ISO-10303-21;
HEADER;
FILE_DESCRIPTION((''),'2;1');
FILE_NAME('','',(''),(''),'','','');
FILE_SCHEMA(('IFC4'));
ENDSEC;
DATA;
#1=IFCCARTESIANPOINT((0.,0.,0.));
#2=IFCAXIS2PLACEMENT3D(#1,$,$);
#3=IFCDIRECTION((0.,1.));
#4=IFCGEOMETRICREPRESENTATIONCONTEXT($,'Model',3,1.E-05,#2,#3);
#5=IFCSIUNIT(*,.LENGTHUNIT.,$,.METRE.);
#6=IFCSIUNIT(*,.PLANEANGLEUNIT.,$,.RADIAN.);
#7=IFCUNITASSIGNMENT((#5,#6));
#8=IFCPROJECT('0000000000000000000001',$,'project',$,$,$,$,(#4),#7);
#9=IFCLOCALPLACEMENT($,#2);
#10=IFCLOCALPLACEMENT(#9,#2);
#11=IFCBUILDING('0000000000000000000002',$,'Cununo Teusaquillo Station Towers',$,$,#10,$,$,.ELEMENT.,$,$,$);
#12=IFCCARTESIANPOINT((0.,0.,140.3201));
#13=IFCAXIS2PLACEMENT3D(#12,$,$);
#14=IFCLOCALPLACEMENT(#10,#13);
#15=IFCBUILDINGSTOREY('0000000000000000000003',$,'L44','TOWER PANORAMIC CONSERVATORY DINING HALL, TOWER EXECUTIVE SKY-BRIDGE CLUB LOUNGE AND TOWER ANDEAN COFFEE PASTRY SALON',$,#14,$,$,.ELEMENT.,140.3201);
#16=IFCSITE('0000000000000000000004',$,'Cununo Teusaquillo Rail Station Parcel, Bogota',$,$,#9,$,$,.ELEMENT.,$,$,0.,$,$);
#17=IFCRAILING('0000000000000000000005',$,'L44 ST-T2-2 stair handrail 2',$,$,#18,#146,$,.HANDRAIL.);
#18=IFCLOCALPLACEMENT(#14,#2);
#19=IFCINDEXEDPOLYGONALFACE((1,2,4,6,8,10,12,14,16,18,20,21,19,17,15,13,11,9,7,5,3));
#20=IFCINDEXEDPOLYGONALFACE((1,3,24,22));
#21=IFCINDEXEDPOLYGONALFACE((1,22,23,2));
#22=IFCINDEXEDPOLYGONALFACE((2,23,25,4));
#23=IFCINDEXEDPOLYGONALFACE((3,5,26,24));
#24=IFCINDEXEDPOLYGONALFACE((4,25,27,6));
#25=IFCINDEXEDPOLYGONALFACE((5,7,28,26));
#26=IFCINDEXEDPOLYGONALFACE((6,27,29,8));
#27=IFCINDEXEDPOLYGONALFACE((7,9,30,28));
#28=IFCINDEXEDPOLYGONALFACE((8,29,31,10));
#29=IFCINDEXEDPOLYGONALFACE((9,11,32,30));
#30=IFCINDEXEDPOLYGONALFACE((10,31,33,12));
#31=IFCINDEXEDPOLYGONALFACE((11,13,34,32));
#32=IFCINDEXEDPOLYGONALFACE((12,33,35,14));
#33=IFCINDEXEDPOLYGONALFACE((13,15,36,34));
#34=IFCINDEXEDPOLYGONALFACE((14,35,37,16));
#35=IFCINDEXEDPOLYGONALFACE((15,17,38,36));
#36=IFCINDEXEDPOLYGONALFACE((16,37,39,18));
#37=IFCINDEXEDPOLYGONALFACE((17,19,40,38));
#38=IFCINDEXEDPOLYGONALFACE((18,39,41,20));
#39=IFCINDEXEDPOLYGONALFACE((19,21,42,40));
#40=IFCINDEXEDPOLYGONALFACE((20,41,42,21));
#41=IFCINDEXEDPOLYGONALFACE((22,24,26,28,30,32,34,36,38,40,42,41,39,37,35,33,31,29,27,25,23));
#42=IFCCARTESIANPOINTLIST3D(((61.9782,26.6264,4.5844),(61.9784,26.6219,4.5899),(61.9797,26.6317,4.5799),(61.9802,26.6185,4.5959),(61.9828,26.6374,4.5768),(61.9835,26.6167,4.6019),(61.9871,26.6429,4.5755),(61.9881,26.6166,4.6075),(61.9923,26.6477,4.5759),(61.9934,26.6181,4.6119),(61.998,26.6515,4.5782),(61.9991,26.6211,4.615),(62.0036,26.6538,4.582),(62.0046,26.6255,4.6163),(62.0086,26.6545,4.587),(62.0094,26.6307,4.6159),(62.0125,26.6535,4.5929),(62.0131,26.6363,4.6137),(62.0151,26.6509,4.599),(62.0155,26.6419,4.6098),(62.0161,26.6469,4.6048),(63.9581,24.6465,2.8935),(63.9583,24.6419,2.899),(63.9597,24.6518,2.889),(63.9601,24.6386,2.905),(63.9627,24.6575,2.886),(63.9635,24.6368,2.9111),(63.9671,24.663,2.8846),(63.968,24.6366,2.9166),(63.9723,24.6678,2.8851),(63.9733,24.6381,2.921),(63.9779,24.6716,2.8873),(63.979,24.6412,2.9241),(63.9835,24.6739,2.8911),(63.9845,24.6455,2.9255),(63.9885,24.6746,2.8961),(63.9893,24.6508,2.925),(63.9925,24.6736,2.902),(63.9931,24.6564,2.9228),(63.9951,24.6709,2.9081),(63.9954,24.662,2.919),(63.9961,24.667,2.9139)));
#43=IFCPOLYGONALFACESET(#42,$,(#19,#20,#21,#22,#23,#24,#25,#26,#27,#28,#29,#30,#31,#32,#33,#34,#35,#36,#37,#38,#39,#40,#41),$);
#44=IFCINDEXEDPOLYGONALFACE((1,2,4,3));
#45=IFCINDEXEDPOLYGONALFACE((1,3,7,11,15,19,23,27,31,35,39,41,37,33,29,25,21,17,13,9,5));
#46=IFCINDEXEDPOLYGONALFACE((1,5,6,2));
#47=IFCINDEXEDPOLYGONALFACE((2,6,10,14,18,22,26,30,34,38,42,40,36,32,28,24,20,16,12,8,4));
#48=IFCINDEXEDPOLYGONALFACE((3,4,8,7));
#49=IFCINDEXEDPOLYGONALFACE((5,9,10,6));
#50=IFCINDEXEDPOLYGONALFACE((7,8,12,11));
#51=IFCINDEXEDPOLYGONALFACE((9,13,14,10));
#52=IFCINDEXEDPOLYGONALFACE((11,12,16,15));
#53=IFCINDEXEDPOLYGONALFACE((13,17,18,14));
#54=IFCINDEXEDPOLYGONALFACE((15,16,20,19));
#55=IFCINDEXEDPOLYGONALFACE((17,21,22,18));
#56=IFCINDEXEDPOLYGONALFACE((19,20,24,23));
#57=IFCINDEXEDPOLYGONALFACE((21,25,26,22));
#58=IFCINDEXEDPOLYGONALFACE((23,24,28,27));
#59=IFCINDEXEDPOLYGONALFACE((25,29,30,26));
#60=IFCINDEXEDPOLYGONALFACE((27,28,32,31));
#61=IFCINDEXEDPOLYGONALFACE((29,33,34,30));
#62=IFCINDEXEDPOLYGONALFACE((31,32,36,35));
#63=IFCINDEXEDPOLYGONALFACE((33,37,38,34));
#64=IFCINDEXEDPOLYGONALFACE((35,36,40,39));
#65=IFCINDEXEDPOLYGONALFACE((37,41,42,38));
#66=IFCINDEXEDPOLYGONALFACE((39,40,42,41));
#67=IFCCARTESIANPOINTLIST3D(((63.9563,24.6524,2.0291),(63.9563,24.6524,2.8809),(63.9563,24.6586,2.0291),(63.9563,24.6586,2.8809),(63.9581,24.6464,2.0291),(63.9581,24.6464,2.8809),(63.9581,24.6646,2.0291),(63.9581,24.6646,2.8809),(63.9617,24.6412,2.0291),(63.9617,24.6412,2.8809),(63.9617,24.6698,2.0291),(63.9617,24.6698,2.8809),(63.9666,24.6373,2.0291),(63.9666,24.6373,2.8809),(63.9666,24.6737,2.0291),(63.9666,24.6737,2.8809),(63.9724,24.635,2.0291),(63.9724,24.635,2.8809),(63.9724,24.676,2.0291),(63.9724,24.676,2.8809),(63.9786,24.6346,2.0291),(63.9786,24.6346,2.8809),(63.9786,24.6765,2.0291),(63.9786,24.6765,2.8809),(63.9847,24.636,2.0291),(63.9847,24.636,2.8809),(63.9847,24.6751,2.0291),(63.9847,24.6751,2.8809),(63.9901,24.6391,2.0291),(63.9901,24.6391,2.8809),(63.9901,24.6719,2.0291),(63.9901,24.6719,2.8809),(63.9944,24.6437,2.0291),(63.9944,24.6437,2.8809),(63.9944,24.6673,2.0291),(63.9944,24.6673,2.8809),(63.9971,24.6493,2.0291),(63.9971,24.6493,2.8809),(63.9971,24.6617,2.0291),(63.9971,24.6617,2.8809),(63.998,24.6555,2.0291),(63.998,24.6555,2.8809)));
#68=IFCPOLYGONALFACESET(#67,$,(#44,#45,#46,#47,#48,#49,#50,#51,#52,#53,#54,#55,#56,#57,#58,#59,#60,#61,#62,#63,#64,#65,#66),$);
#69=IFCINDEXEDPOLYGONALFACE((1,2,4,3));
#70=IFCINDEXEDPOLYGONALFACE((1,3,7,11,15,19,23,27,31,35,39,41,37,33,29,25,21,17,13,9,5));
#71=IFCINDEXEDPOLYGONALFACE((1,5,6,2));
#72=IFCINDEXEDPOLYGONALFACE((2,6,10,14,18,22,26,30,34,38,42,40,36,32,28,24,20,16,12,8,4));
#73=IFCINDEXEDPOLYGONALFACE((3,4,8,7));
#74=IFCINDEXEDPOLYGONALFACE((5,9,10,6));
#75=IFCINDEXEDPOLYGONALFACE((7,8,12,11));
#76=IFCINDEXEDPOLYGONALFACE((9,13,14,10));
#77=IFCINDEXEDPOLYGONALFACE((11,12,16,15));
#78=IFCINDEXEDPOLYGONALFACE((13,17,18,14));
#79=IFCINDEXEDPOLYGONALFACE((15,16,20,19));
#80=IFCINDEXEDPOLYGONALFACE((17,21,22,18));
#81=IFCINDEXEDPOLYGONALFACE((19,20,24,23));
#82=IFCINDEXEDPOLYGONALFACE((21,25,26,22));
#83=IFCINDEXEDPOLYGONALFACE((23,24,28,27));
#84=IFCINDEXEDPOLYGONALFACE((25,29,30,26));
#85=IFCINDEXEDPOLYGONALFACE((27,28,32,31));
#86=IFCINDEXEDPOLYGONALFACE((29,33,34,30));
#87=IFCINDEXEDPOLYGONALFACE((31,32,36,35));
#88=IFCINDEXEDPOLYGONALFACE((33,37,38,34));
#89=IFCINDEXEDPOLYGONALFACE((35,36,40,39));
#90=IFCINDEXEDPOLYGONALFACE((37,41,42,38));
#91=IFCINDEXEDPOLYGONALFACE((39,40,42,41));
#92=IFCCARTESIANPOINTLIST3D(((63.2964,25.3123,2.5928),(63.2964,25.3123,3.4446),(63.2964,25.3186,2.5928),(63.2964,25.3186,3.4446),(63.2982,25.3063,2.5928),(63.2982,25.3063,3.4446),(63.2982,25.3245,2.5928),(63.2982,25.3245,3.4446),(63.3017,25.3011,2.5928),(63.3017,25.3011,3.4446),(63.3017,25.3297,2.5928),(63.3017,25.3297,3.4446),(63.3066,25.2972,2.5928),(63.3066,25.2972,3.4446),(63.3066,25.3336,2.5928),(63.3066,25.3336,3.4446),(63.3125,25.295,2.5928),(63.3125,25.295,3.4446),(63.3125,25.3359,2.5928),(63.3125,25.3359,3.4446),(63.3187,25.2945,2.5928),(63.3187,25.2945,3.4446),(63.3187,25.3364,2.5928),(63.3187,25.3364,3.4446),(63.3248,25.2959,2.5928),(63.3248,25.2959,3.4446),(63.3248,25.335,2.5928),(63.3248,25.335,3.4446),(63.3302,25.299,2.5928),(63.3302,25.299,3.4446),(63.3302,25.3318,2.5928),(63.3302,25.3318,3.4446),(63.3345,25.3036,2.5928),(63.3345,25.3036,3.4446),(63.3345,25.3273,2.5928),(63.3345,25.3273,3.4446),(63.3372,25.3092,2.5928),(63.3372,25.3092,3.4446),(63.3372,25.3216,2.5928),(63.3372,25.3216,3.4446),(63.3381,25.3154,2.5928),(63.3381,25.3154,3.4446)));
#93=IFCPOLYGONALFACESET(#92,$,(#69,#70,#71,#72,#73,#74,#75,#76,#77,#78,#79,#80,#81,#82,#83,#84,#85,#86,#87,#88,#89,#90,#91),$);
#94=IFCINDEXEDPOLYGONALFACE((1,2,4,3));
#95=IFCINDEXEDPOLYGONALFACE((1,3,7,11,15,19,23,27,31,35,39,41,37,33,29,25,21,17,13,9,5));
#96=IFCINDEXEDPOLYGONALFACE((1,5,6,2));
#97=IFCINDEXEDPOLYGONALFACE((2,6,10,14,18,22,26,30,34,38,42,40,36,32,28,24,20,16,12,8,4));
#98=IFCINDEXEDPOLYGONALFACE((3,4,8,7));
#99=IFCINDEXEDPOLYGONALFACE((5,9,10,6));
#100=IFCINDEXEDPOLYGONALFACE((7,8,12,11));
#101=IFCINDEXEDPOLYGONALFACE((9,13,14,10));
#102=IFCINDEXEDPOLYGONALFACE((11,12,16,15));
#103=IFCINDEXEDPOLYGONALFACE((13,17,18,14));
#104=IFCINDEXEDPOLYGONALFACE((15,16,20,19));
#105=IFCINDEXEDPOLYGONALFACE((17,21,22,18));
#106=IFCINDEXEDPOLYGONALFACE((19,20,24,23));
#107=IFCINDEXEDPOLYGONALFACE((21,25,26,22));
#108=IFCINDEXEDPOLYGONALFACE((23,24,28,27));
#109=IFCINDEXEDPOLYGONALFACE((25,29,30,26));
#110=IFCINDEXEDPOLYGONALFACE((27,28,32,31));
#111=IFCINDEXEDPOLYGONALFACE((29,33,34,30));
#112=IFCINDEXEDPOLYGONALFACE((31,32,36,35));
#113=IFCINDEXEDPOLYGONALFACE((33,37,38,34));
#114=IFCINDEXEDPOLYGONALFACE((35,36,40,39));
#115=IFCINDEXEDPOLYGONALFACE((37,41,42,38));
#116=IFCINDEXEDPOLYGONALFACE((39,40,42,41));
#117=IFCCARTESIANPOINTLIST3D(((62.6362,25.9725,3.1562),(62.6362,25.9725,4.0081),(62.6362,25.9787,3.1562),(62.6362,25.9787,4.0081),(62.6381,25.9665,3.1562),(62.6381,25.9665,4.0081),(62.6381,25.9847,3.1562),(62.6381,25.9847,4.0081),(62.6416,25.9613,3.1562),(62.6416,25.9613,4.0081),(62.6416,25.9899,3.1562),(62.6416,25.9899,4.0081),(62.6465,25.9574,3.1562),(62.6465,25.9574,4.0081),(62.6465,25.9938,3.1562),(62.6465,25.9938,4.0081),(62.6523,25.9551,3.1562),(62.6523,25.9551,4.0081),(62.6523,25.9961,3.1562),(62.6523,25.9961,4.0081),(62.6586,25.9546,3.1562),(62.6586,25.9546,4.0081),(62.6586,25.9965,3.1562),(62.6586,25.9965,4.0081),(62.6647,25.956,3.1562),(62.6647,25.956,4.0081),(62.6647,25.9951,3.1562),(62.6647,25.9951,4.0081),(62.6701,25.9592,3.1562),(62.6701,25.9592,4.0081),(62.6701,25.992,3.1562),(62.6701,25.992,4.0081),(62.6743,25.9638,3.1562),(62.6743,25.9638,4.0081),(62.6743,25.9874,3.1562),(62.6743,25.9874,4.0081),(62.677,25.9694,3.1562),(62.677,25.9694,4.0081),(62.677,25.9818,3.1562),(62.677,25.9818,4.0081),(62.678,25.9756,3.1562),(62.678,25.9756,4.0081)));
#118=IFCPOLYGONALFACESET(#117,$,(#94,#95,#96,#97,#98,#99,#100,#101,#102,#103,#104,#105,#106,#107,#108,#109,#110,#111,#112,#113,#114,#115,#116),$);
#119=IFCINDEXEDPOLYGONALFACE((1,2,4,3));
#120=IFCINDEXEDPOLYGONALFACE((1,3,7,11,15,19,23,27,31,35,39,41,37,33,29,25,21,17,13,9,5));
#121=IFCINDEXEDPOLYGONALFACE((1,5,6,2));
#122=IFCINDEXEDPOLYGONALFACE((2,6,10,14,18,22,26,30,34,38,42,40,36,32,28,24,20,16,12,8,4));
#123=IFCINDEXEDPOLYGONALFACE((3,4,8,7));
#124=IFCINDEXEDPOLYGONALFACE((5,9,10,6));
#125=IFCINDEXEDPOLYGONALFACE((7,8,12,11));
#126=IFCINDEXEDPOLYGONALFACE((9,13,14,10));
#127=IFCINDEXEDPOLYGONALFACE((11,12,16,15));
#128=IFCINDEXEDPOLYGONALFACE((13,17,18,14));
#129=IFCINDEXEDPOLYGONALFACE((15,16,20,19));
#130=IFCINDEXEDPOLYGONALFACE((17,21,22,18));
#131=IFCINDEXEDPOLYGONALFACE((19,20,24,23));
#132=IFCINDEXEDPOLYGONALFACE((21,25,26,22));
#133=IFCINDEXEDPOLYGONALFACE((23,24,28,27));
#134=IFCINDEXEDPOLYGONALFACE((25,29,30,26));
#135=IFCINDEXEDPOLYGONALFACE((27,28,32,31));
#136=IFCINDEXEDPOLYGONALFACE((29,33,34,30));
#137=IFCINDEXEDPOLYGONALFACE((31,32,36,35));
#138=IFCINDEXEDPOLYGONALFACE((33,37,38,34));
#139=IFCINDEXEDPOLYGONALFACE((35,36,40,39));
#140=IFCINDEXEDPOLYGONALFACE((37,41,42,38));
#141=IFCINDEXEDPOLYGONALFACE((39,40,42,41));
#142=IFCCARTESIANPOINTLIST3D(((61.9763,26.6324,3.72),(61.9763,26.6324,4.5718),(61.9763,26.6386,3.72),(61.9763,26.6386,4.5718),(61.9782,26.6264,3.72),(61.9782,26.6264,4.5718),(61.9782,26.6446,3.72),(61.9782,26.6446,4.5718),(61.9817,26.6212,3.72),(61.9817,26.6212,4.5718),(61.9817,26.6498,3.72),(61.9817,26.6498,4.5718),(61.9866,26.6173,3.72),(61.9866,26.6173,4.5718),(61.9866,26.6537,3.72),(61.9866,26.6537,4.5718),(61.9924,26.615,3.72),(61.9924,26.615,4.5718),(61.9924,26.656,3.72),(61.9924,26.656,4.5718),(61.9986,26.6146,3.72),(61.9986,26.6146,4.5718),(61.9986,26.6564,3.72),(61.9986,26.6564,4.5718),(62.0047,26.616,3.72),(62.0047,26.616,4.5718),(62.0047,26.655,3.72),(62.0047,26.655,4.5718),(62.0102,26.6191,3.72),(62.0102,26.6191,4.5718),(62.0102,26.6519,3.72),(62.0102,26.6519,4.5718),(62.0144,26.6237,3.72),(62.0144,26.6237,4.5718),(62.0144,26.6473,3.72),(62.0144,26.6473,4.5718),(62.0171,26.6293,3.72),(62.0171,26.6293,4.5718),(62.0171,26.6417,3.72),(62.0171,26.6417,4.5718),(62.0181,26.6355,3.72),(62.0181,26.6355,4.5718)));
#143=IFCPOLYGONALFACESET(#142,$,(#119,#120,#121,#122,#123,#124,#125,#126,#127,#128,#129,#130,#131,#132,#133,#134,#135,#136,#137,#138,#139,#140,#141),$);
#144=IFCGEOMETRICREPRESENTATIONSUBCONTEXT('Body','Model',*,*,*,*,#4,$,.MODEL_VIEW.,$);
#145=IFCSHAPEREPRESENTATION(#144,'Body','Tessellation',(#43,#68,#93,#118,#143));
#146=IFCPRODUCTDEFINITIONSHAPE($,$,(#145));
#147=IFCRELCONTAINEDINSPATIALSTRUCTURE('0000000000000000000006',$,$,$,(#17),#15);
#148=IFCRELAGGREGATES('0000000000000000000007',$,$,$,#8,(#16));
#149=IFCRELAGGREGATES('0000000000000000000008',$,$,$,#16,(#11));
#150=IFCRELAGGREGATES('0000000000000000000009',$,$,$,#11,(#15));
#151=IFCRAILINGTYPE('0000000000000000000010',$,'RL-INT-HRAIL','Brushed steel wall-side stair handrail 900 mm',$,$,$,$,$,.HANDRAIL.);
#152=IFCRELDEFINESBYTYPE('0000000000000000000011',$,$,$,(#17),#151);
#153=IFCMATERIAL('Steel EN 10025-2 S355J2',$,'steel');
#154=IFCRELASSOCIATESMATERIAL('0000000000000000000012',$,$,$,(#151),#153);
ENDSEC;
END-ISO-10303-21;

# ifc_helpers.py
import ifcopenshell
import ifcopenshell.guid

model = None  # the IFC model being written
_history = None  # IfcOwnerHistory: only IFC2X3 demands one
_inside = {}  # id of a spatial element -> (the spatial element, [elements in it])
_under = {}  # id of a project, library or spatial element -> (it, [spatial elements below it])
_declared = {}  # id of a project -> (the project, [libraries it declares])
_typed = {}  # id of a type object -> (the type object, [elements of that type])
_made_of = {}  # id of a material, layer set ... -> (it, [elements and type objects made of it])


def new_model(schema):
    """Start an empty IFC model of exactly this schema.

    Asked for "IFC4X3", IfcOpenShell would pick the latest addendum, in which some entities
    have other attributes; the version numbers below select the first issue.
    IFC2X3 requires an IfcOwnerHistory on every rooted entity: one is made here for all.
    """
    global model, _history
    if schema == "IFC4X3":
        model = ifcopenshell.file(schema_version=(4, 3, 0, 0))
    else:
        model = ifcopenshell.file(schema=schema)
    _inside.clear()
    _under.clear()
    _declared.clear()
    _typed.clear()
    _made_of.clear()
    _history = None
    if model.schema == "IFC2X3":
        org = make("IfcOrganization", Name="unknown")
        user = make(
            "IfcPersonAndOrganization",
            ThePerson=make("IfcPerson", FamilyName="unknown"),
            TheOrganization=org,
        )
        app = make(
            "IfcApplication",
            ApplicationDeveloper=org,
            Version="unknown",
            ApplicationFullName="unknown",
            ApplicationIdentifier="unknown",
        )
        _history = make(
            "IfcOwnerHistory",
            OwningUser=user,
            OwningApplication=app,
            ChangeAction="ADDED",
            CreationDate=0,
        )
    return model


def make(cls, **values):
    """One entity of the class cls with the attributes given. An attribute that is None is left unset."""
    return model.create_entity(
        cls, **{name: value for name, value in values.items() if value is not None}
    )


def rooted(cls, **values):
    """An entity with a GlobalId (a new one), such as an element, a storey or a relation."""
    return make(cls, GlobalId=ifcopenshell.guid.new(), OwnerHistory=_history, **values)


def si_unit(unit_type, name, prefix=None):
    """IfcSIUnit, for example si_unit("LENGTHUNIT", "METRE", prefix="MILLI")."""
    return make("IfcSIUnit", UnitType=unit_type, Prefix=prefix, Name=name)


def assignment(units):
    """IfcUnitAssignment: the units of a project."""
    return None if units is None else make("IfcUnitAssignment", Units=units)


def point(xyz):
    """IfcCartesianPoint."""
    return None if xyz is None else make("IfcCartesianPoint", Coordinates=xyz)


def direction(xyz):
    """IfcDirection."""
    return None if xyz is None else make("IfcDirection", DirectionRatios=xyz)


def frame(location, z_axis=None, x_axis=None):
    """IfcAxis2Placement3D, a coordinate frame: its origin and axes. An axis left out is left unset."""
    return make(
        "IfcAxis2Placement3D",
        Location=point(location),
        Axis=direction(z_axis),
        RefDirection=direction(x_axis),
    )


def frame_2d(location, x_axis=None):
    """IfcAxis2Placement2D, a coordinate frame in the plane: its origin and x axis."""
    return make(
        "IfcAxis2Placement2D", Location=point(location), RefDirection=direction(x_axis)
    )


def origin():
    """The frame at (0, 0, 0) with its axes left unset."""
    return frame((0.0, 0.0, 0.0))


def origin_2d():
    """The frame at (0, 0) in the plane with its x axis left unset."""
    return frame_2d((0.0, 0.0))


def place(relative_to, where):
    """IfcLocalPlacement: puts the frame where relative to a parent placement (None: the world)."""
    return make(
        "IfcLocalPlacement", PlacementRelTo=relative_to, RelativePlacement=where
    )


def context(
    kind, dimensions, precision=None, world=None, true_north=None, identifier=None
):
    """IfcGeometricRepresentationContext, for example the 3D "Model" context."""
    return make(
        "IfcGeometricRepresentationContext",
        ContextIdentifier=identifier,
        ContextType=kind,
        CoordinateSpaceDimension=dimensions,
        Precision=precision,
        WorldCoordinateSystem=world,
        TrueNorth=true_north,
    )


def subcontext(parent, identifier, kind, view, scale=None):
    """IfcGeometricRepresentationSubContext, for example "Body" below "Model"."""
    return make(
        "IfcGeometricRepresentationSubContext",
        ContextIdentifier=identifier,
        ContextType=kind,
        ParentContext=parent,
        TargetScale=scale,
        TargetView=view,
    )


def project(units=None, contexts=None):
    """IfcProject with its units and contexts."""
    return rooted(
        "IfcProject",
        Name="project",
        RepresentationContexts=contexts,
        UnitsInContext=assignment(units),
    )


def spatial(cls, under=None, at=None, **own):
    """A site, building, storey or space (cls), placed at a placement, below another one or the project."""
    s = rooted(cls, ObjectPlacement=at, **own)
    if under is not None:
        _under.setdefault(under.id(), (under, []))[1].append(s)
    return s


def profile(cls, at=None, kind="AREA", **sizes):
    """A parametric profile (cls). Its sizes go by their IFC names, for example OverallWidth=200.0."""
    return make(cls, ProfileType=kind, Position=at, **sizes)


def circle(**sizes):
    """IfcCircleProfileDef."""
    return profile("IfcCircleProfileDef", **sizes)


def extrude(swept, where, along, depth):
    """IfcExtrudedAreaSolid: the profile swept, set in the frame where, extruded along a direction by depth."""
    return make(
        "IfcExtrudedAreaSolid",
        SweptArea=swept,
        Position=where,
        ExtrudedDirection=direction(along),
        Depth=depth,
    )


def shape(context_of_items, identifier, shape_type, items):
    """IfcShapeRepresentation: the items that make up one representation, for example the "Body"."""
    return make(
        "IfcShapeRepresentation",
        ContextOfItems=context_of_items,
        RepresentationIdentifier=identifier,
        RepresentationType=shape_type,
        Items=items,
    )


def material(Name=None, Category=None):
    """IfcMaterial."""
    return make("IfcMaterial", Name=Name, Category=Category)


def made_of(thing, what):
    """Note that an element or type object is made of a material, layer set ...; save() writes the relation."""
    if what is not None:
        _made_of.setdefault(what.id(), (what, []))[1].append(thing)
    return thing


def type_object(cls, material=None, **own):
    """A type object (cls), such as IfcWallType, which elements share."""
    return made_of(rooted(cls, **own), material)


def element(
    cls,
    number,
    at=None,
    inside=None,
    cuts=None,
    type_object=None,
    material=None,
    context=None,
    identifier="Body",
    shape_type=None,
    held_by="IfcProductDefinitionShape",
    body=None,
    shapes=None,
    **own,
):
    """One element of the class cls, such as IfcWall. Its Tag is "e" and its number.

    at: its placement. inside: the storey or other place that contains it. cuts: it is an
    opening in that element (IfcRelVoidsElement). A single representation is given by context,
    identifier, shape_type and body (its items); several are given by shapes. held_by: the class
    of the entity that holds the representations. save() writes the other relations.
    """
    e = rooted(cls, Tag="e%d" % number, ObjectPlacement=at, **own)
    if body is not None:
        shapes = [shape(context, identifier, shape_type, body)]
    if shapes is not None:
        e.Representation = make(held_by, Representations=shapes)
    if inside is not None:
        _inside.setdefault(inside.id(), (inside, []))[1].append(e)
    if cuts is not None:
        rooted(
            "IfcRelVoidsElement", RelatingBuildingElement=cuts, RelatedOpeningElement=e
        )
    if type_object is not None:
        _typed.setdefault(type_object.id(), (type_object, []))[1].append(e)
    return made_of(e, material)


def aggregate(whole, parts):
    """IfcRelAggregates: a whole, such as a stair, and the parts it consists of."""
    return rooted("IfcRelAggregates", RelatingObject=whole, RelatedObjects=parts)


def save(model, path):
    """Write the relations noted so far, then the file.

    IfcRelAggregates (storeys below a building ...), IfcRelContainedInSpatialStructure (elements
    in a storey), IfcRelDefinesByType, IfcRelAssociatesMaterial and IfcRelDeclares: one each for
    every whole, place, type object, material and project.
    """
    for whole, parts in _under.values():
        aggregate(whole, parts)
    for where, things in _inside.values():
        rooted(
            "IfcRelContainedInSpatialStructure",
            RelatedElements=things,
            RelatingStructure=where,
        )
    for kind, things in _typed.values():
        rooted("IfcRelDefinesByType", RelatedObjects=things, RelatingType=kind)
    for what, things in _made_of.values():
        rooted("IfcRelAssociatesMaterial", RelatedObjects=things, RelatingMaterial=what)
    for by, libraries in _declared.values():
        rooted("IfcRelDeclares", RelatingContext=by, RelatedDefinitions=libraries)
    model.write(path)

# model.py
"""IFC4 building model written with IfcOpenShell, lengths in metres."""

from ifc_helpers import new_model, si_unit, direction, frame, origin, origin_2d, place, context, subcontext, project, spatial, circle, extrude, material, type_object, element, save


model = new_model("IFC4")

# Units and contexts
model_context = context("Model", 3, precision=1e-05, world=origin(), true_north=direction((0.0, 1.0)))
body_context = subcontext(model_context, "Body", "Model", "MODEL_VIEW")
ifc_project = project(units=[si_unit("LENGTHUNIT", "METRE"), si_unit("PLANEANGLEUNIT", "RADIAN")], contexts=[model_context])

# Site, building, storey
site_placement = place(None, origin())
site = spatial("IfcSite", under=ifc_project, at=site_placement, Name="Cununo Teusaquillo Rail Station Parcel, Bogota", CompositionType="ELEMENT", RefElevation=0.0)
building_placement = place(site_placement, origin())
building = spatial("IfcBuilding", under=site, at=building_placement, Name="Cununo Teusaquillo Station Towers", CompositionType="ELEMENT")
storey_placement = place(building_placement, frame((0.0, 0.0, 140.3201)))
storey = spatial("IfcBuildingStorey", under=building, at=storey_placement, Name="L44", Description="TOWER PANORAMIC CONSERVATORY DINING HALL, TOWER EXECUTIVE SKY-BRIDGE CLUB LOUNGE AND TOWER ANDEAN COFFEE PASTRY SALON", CompositionType="ELEMENT", Elevation=140.3201)

# Railing
ifc_material_1 = material(Name="Steel EN 10025-2 S355J2", Category="steel")
railing_type_1 = type_object("IfcRailingType", Name="RL-INT-HRAIL", Description="Brushed steel wall-side stair handrail 900 mm", PredefinedType="HANDRAIL", material=ifc_material_1)
railing_1_placement = place(storey_placement, frame((63.9771, 24.6555, 2.0291)))
element("IfcRailing", 1, at=railing_1_placement, inside=storey, type_object=railing_type_1, Name="L44 ST-T2-2 stair handrail 2", PredefinedType="HANDRAIL", context=body_context, shape_type="SweptSolid", body=[
    extrude(circle(Radius=0.0239, at=origin_2d()), frame((0.0, 0.0, 0.876), z_axis=(-0.605302, 0.605302, 0.516932), x_axis=(-0.707107, -0.707107, 0.0)), (0.0, 0.0, 1.0), 3.271),
    extrude(circle(Radius=0.021, at=origin_2d()), origin(), (0.0, 0.0, 1.0), 0.8518),
    extrude(circle(Radius=0.021, at=origin_2d()), frame((-0.6599, 0.6599, 0.5637)), (0.0, 0.0, 1.0), 0.8518),
    extrude(circle(Radius=0.021, at=origin_2d()), frame((-1.3201, 1.3201, 1.1272)), (0.0, 0.0, 1.0), 0.8518),
    extrude(circle(Radius=0.021, at=origin_2d()), frame((-1.98, 1.98, 1.6909)), (0.0, 0.0, 1.0), 0.8518),
])

save(model, "model.ifc")
